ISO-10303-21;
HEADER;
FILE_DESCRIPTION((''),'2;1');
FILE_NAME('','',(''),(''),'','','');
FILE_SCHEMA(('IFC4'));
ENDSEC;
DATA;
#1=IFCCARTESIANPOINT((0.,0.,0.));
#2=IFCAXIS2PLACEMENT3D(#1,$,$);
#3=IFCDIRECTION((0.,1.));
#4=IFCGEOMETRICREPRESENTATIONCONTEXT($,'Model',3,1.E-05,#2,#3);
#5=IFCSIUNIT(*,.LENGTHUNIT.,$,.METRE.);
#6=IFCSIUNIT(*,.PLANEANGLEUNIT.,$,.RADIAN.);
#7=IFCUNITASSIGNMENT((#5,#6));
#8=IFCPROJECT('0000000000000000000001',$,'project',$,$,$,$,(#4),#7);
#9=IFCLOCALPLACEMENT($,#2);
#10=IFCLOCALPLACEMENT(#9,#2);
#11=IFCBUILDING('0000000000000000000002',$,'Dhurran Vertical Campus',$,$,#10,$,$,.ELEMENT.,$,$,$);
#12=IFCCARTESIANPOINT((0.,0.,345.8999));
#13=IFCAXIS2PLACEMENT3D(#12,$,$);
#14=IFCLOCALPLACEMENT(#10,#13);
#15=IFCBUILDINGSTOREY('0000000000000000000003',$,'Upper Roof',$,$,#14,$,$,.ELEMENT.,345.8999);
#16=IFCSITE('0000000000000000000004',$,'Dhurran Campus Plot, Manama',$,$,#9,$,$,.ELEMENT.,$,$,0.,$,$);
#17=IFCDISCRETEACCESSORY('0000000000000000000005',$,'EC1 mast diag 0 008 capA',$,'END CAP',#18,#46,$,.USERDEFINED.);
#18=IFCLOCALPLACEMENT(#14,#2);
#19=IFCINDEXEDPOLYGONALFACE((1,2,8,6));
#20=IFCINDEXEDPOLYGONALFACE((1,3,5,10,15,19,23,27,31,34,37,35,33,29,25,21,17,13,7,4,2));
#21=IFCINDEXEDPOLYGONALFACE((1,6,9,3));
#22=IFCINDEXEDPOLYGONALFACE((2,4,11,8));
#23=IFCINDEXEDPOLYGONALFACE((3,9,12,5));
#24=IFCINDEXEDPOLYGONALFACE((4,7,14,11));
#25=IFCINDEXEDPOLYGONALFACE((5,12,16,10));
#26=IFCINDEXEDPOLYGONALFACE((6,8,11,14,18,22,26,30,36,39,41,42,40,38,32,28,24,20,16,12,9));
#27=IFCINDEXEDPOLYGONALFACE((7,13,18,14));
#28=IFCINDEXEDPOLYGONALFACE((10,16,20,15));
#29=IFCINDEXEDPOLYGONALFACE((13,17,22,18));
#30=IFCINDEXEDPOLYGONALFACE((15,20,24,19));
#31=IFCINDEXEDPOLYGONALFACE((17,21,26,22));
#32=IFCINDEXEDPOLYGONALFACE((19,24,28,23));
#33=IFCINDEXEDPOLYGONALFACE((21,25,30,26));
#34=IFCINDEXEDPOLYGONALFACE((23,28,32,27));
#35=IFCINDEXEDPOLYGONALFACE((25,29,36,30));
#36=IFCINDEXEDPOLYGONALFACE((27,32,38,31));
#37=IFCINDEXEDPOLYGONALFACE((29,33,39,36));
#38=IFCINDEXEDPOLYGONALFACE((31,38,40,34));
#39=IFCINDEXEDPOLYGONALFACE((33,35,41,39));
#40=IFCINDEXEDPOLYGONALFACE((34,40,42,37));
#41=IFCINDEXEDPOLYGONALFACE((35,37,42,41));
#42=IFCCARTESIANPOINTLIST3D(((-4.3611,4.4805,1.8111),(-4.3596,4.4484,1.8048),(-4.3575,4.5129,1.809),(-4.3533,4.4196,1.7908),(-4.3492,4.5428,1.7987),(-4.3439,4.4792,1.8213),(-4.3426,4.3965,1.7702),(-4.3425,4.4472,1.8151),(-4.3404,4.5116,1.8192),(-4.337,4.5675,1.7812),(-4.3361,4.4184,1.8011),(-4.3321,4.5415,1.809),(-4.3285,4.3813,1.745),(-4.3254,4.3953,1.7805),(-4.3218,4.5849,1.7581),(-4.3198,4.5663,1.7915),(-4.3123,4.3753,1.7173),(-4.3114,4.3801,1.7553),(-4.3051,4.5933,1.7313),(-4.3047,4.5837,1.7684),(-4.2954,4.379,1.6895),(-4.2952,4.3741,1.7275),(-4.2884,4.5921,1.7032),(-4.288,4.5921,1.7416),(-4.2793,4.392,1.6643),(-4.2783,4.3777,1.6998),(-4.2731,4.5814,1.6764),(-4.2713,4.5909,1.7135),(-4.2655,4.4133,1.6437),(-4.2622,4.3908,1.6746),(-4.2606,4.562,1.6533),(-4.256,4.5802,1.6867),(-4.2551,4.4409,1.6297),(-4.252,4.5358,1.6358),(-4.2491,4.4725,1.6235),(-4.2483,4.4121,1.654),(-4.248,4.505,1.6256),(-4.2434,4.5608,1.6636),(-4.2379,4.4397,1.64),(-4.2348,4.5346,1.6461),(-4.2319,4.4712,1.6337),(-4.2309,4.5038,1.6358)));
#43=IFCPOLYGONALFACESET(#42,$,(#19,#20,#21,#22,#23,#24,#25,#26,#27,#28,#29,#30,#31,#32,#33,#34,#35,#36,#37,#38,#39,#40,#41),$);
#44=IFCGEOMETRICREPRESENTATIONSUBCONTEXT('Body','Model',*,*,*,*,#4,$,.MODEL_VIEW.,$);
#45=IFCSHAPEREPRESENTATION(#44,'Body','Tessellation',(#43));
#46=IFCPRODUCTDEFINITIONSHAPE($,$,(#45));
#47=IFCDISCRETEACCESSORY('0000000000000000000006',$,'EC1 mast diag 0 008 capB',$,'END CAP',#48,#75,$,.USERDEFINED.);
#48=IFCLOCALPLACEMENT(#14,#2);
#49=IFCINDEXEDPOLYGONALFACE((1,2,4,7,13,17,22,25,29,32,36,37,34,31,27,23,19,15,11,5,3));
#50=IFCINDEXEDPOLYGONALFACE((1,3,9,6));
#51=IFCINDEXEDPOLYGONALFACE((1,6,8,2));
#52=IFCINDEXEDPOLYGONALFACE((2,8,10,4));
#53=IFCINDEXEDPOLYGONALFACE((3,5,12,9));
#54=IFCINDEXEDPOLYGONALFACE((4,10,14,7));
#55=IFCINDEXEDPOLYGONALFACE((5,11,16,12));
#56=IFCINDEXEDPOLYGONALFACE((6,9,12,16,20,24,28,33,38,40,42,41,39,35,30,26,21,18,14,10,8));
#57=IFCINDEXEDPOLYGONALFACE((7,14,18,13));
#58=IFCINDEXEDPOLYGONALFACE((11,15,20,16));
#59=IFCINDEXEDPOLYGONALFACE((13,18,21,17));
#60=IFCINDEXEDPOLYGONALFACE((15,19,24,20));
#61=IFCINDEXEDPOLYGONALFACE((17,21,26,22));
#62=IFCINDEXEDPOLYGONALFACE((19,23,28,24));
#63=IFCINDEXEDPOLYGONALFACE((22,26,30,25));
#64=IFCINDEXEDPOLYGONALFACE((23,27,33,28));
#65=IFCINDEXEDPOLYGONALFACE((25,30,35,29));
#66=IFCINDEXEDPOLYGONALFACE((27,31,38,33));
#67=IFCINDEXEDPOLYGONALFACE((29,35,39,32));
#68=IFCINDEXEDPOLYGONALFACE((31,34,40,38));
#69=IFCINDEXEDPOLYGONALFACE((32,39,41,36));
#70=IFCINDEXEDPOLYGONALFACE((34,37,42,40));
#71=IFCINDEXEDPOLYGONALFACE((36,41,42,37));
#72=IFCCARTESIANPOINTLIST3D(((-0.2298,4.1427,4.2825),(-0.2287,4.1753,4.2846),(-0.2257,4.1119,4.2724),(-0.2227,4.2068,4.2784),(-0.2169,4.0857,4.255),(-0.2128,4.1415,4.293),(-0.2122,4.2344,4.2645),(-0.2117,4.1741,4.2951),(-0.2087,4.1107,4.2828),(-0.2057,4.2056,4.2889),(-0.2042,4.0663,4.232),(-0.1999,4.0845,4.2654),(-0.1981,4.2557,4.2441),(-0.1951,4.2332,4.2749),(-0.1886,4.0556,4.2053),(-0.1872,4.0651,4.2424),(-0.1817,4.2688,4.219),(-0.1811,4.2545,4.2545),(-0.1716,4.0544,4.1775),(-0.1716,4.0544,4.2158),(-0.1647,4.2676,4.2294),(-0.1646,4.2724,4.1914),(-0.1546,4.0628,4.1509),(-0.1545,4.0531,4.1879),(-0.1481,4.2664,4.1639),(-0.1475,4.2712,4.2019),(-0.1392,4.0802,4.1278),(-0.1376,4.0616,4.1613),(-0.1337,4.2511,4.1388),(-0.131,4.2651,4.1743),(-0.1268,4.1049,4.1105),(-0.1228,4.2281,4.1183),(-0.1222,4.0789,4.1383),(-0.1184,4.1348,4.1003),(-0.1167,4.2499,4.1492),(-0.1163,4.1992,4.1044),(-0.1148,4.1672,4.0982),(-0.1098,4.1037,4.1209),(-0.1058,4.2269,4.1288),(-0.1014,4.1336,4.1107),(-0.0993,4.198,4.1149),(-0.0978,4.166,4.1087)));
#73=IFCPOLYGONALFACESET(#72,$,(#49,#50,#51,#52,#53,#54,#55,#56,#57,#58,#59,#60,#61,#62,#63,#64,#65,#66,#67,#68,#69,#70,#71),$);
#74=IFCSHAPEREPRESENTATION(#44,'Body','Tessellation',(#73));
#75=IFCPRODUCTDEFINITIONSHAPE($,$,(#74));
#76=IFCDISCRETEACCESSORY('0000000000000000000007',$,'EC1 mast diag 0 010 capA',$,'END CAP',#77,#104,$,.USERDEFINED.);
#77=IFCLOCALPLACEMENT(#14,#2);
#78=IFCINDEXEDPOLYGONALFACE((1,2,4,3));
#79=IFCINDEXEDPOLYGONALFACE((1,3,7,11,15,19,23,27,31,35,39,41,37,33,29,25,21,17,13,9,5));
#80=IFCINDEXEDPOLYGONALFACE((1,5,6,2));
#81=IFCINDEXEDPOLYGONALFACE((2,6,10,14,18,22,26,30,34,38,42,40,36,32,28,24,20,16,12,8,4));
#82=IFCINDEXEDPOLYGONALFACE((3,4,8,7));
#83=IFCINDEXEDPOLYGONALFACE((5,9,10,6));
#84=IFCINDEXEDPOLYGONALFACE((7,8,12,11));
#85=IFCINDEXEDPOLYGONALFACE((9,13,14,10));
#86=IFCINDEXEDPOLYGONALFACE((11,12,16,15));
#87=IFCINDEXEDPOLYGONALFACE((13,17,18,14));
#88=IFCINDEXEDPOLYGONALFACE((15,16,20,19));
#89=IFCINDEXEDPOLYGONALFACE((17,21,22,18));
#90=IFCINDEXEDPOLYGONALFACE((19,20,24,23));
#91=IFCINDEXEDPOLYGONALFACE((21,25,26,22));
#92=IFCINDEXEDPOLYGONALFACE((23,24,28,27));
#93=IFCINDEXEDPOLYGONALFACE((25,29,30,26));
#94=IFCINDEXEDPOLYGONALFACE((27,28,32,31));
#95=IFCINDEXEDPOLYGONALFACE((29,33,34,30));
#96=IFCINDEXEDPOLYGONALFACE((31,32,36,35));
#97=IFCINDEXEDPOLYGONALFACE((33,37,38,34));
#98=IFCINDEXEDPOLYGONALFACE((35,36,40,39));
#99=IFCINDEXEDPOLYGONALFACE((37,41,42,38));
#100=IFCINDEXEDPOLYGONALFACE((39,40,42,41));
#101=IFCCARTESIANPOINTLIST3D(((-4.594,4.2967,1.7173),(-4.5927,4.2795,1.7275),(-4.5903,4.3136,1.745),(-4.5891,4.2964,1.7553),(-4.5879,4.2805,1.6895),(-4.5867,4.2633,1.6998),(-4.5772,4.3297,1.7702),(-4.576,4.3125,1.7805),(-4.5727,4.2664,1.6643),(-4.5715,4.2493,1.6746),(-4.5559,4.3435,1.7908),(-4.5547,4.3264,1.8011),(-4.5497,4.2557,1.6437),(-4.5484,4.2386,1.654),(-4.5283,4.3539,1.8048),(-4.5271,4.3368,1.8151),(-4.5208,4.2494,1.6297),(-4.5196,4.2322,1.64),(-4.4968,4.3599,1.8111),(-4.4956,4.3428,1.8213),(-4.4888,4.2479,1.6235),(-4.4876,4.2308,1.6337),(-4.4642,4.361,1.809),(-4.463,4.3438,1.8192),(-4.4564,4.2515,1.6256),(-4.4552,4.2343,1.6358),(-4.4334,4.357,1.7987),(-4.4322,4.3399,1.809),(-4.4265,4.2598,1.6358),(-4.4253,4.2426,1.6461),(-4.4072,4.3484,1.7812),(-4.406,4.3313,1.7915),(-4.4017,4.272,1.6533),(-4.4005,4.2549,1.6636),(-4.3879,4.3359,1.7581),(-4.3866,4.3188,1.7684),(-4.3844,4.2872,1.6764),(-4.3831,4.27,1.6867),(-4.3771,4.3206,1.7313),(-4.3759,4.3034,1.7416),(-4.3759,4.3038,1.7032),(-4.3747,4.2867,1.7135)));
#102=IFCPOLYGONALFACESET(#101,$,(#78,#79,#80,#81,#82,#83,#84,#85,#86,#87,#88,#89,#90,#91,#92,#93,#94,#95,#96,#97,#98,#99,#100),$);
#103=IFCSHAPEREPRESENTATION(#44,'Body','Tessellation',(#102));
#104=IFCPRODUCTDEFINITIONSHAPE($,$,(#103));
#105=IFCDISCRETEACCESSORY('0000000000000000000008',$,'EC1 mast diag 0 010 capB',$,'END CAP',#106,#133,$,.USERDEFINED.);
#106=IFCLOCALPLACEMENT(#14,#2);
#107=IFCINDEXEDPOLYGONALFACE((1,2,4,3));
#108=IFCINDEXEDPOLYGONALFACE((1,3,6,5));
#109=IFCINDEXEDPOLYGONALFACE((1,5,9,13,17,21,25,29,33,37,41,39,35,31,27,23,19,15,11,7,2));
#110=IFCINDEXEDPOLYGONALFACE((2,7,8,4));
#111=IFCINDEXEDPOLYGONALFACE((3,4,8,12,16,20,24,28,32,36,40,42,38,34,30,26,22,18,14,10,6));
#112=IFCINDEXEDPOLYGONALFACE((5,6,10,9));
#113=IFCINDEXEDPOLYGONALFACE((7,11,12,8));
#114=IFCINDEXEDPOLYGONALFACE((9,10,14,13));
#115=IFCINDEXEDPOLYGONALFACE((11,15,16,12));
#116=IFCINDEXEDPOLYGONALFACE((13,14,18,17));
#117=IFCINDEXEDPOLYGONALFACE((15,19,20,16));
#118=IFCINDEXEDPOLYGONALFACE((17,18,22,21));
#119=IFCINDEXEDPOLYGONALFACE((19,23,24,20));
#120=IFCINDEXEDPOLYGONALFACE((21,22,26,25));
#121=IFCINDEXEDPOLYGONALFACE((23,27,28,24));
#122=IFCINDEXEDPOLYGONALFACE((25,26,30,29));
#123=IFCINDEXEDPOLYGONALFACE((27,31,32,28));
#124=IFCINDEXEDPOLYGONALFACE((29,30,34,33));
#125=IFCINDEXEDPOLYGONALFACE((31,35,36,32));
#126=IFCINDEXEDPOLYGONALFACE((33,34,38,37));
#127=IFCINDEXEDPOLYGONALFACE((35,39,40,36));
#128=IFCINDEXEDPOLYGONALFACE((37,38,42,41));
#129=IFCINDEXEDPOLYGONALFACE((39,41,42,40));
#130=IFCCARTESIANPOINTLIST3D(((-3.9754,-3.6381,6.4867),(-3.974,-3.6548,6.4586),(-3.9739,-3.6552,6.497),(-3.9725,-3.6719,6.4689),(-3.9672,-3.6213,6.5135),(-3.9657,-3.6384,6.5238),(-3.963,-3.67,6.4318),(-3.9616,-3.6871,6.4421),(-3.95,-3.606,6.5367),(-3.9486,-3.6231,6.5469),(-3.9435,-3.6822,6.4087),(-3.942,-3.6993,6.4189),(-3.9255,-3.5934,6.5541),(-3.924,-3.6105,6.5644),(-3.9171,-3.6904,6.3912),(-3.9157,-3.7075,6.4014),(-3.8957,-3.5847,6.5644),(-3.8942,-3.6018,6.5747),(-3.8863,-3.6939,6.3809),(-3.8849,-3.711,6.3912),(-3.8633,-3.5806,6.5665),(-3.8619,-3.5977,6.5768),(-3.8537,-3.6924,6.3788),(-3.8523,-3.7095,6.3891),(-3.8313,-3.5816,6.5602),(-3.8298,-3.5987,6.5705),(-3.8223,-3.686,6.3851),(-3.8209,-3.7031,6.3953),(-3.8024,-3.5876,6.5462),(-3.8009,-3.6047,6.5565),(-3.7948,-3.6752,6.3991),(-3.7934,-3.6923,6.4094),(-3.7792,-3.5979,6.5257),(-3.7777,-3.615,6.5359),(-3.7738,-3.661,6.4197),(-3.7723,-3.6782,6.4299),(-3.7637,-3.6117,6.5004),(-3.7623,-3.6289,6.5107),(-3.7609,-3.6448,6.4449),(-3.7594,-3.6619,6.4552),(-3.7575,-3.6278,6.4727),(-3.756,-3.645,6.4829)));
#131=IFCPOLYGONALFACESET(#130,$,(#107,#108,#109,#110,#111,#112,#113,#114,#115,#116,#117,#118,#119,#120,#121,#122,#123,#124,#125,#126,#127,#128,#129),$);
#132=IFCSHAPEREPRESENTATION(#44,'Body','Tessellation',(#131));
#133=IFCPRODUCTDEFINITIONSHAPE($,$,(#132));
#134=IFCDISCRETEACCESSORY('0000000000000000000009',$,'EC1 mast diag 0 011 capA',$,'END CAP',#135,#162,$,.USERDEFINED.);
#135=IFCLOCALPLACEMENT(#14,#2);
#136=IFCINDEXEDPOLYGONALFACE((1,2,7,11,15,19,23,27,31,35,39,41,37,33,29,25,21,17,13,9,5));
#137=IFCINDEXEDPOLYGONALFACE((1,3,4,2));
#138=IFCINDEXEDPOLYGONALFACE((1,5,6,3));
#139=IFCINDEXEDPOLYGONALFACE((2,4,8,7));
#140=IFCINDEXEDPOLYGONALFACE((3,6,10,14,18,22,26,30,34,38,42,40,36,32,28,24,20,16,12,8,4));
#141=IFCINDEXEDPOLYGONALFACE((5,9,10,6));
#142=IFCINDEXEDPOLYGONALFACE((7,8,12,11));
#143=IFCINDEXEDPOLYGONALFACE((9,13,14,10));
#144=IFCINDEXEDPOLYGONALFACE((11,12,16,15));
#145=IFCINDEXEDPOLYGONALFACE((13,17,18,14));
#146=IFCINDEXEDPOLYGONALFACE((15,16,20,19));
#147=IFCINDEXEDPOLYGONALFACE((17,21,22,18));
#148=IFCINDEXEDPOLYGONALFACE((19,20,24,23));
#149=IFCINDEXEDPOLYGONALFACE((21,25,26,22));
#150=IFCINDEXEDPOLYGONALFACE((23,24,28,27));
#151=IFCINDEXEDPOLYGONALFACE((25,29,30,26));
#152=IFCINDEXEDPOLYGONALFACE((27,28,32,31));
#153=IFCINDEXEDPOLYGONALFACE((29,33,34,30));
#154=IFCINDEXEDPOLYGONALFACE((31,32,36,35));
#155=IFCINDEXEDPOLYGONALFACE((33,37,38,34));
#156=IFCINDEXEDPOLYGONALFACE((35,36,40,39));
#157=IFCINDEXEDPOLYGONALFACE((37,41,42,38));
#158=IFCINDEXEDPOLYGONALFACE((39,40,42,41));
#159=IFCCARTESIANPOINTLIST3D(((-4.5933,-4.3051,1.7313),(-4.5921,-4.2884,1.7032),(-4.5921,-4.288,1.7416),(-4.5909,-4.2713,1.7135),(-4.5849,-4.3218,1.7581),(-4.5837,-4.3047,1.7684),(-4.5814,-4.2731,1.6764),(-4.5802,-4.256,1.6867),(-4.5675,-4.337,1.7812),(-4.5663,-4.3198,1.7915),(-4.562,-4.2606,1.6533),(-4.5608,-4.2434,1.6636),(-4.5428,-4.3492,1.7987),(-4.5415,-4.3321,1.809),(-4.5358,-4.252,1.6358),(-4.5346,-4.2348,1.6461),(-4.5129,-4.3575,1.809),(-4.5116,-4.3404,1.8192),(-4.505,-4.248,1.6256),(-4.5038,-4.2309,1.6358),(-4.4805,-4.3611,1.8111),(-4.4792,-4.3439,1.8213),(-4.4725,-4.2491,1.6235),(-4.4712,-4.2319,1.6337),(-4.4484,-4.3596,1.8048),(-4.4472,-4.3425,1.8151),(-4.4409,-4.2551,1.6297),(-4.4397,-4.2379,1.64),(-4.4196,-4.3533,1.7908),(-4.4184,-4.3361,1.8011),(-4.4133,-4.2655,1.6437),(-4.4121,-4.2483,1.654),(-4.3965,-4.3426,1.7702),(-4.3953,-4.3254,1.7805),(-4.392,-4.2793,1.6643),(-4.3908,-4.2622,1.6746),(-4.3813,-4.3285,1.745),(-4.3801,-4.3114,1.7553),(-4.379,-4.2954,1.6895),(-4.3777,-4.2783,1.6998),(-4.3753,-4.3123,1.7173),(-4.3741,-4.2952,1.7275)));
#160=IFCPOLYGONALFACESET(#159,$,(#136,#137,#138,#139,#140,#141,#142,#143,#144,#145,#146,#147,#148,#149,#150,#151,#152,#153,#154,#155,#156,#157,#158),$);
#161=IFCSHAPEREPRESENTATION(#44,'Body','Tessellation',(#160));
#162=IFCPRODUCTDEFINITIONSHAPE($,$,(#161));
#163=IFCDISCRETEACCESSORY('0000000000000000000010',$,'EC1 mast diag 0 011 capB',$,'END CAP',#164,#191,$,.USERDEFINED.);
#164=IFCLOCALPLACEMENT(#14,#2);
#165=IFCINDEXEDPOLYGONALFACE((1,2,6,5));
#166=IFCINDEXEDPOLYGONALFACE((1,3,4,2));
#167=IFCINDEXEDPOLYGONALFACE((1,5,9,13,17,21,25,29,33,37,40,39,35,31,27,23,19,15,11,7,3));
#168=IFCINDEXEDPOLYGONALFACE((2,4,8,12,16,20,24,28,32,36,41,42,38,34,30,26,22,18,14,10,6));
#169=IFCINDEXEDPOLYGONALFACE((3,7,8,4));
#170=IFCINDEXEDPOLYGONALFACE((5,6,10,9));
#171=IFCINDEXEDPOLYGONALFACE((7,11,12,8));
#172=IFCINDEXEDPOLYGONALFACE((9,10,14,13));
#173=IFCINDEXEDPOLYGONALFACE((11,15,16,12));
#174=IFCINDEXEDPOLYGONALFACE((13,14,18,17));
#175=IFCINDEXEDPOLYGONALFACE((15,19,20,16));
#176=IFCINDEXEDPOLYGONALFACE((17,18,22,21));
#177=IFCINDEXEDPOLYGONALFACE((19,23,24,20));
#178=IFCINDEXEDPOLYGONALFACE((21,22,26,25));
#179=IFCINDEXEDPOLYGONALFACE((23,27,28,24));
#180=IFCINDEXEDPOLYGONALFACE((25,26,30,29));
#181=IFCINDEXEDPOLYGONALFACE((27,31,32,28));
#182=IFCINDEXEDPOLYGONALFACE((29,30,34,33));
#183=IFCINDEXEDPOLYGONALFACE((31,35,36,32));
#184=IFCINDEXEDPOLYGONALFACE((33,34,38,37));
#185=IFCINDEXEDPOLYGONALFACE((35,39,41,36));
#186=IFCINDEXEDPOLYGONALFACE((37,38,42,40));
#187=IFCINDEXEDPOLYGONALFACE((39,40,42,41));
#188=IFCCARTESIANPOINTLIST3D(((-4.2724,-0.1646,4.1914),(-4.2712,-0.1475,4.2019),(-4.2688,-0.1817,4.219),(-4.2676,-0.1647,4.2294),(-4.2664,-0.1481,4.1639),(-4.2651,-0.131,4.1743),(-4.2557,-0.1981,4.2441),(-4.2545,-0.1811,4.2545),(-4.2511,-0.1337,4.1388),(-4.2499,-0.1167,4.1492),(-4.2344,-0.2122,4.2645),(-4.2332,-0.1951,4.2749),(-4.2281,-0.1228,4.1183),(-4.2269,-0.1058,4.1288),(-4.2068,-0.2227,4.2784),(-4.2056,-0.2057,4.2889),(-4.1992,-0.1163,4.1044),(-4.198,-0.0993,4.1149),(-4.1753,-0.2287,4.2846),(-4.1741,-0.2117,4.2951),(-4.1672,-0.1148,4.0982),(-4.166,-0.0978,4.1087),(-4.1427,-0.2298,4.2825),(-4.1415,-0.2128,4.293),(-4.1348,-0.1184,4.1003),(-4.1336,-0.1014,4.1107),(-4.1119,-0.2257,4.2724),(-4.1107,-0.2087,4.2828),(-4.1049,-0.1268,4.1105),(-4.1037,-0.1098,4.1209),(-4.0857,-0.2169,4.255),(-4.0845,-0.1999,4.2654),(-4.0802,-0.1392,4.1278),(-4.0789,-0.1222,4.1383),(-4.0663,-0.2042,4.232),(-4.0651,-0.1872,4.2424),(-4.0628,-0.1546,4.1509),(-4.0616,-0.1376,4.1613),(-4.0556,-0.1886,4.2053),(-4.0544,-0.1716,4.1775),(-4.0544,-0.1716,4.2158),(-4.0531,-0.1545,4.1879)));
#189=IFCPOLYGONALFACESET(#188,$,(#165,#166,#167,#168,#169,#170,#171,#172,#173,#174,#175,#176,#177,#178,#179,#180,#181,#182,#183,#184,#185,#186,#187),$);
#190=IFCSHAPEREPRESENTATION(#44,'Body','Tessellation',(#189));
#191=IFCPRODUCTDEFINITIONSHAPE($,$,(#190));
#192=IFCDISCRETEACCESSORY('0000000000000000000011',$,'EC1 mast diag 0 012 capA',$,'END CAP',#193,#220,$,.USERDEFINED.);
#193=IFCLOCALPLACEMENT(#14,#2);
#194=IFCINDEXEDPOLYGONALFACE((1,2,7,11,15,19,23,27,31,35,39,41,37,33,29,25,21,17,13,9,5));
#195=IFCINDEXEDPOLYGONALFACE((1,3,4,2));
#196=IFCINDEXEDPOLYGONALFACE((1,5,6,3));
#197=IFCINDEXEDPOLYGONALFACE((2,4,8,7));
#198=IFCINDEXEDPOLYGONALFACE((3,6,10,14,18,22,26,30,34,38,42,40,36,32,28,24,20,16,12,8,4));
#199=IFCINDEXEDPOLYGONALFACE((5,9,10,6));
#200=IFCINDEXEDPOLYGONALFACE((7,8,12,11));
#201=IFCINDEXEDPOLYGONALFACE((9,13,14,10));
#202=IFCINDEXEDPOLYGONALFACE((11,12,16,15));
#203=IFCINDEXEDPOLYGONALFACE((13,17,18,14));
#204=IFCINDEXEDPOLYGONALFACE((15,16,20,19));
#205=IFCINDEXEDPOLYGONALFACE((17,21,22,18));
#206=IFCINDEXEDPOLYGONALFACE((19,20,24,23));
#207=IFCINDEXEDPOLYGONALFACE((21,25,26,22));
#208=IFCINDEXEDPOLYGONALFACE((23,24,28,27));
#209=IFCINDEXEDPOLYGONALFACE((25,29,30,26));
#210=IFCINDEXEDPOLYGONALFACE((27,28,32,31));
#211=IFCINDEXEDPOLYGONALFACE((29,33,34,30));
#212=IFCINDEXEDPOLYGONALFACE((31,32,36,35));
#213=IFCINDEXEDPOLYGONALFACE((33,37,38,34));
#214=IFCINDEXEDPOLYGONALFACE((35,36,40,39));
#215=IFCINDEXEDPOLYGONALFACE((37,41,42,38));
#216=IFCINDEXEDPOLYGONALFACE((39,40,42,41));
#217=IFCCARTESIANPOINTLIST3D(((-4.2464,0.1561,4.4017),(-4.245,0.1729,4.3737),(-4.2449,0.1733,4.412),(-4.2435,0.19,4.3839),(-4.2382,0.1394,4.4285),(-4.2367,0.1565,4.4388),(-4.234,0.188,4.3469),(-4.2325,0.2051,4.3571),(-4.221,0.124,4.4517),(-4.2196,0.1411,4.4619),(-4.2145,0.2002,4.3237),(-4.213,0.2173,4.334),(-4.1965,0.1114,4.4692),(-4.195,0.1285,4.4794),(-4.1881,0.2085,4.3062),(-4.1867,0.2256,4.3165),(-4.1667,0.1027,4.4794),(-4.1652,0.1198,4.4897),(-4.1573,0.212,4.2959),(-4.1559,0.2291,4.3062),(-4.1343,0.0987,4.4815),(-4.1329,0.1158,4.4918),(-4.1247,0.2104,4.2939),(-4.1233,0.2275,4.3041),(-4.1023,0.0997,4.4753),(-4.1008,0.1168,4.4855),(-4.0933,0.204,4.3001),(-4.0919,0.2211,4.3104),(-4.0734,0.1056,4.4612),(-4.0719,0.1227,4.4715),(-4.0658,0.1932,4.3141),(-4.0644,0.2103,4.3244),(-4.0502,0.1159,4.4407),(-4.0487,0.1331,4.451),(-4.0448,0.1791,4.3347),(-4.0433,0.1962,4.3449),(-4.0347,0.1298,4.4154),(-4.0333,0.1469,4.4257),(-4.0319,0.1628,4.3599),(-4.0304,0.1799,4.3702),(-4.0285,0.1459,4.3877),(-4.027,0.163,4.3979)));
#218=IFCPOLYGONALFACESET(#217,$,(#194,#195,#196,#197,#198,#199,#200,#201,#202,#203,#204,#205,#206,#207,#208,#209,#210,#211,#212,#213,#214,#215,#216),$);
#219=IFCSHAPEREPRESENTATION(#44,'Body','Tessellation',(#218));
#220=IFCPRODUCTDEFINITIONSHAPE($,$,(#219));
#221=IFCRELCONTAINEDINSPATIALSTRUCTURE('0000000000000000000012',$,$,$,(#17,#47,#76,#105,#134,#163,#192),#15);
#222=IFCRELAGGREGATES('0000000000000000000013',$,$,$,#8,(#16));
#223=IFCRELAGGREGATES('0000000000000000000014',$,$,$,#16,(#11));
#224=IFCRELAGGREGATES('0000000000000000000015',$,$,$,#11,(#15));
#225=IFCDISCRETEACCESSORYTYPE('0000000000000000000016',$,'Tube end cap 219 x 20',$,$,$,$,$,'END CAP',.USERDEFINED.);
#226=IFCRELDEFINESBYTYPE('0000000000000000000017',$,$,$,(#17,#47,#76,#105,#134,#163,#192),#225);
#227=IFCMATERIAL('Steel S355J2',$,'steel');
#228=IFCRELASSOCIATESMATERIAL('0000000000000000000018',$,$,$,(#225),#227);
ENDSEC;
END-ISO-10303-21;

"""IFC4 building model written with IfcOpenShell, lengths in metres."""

from ifc_helpers import new_model, si_unit, direction, frame, origin, origin_2d, place, context, subcontext, project, spatial, circle, extrude, material, material_profile, profile_set, type_object, element, save


model = new_model("IFC4")

# Units and contexts
model_context = context("Model", 3, precision=1e-05, world=origin(), true_north=direction((0.0, 1.0)))
body_context = subcontext(model_context, "Body", "Model", "MODEL_VIEW")
ifc_project = project(units=[si_unit("LENGTHUNIT", "METRE"), si_unit("PLANEANGLEUNIT", "RADIAN")], contexts=[model_context])

# Site, building, storey
site_placement = place(None, origin())
site = spatial("IfcSite", under=ifc_project, at=site_placement, Name="Dhurran Campus Plot, Manama", CompositionType="ELEMENT", RefElevation=0.0)
building_placement = place(site_placement, origin())
building = spatial("IfcBuilding", under=site, at=building_placement, Name="Dhurran Vertical Campus", CompositionType="ELEMENT")
storey_placement = place(building_placement, frame((0.0, 0.0, 345.8999)))
storey = spatial("IfcBuildingStorey", under=building, at=storey_placement, Name="Upper Roof", CompositionType="ELEMENT", Elevation=345.8999)

# Discrete accessories
ifc_material_1 = material(Name="Steel S355J2", Category="steel")
ifc_material_profile_1 = material_profile(ifc_material_1, circle(Radius=0.1096, at=origin_2d()), Name="Tube end cap 219 x 20")
ifc_profile_set_1 = profile_set([ifc_material_profile_1], Name="Steel S355J2")
discrete_accessory_type_1 = type_object("IfcDiscreteAccessoryType", Name="Tube end cap 219 x 20", ElementType="END CAP", PredefinedType="USERDEFINED", material=ifc_profile_set_1)
for number, where, z_axis, x_axis, name in (
    (1, (-4.2874, 4.4834, 1.7275), (-0.855889, 0.061135, -0.513533), (-0.071247, -0.997459, 0.0), "EC1 mast diag 0 008 capA"),
    (2, (-0.1724, 4.1631, 4.1914), (0.850502, -0.06075, 0.522451), (0.071247, 0.997459, 0.0), "EC1 mast diag 0 008 capB"),
    (3, (-4.4834, 4.2874, 1.7275), (-0.061135, 0.855889, -0.513533), (-0.997459, -0.071247, 0.0), "EC1 mast diag 0 010 capA"),
    (4, (-3.8667, -3.6372, 6.4727), (0.073302, -0.855186, 0.513112), (0.996347, 0.085401, 0.0), "EC1 mast diag 0 010 capB"),
    (5, (-4.4834, -4.2874, 1.7275), (-0.061135, -0.855889, -0.513533), (0.997459, -0.071247, 0.0), "EC1 mast diag 0 011 capA"),
    (6, (-4.1631, -0.1724, 4.1914), (0.06075, 0.850502, 0.522451), (-0.997459, 0.071247, 0.0), "EC1 mast diag 0 011 capB"),
    (7, (-4.1362, 0.1724, 4.3979), (-0.073302, -0.855186, -0.513112), (0.996347, -0.085401, 0.0), "EC1 mast diag 0 012 capA"),
):
    element("IfcDiscreteAccessory", number, at=place(storey_placement, frame(where, z_axis=z_axis, x_axis=x_axis)), inside=storey, type_object=discrete_accessory_type_1, Name=name, ObjectType="END CAP", PredefinedType="USERDEFINED", context=body_context, shape_type="SweptSolid", body=[
        extrude(circle(Radius=0.1096, at=origin_2d()), origin(), (0.0, 0.0, 1.0), 0.02),
    ])

save(model, "model.ifc")
